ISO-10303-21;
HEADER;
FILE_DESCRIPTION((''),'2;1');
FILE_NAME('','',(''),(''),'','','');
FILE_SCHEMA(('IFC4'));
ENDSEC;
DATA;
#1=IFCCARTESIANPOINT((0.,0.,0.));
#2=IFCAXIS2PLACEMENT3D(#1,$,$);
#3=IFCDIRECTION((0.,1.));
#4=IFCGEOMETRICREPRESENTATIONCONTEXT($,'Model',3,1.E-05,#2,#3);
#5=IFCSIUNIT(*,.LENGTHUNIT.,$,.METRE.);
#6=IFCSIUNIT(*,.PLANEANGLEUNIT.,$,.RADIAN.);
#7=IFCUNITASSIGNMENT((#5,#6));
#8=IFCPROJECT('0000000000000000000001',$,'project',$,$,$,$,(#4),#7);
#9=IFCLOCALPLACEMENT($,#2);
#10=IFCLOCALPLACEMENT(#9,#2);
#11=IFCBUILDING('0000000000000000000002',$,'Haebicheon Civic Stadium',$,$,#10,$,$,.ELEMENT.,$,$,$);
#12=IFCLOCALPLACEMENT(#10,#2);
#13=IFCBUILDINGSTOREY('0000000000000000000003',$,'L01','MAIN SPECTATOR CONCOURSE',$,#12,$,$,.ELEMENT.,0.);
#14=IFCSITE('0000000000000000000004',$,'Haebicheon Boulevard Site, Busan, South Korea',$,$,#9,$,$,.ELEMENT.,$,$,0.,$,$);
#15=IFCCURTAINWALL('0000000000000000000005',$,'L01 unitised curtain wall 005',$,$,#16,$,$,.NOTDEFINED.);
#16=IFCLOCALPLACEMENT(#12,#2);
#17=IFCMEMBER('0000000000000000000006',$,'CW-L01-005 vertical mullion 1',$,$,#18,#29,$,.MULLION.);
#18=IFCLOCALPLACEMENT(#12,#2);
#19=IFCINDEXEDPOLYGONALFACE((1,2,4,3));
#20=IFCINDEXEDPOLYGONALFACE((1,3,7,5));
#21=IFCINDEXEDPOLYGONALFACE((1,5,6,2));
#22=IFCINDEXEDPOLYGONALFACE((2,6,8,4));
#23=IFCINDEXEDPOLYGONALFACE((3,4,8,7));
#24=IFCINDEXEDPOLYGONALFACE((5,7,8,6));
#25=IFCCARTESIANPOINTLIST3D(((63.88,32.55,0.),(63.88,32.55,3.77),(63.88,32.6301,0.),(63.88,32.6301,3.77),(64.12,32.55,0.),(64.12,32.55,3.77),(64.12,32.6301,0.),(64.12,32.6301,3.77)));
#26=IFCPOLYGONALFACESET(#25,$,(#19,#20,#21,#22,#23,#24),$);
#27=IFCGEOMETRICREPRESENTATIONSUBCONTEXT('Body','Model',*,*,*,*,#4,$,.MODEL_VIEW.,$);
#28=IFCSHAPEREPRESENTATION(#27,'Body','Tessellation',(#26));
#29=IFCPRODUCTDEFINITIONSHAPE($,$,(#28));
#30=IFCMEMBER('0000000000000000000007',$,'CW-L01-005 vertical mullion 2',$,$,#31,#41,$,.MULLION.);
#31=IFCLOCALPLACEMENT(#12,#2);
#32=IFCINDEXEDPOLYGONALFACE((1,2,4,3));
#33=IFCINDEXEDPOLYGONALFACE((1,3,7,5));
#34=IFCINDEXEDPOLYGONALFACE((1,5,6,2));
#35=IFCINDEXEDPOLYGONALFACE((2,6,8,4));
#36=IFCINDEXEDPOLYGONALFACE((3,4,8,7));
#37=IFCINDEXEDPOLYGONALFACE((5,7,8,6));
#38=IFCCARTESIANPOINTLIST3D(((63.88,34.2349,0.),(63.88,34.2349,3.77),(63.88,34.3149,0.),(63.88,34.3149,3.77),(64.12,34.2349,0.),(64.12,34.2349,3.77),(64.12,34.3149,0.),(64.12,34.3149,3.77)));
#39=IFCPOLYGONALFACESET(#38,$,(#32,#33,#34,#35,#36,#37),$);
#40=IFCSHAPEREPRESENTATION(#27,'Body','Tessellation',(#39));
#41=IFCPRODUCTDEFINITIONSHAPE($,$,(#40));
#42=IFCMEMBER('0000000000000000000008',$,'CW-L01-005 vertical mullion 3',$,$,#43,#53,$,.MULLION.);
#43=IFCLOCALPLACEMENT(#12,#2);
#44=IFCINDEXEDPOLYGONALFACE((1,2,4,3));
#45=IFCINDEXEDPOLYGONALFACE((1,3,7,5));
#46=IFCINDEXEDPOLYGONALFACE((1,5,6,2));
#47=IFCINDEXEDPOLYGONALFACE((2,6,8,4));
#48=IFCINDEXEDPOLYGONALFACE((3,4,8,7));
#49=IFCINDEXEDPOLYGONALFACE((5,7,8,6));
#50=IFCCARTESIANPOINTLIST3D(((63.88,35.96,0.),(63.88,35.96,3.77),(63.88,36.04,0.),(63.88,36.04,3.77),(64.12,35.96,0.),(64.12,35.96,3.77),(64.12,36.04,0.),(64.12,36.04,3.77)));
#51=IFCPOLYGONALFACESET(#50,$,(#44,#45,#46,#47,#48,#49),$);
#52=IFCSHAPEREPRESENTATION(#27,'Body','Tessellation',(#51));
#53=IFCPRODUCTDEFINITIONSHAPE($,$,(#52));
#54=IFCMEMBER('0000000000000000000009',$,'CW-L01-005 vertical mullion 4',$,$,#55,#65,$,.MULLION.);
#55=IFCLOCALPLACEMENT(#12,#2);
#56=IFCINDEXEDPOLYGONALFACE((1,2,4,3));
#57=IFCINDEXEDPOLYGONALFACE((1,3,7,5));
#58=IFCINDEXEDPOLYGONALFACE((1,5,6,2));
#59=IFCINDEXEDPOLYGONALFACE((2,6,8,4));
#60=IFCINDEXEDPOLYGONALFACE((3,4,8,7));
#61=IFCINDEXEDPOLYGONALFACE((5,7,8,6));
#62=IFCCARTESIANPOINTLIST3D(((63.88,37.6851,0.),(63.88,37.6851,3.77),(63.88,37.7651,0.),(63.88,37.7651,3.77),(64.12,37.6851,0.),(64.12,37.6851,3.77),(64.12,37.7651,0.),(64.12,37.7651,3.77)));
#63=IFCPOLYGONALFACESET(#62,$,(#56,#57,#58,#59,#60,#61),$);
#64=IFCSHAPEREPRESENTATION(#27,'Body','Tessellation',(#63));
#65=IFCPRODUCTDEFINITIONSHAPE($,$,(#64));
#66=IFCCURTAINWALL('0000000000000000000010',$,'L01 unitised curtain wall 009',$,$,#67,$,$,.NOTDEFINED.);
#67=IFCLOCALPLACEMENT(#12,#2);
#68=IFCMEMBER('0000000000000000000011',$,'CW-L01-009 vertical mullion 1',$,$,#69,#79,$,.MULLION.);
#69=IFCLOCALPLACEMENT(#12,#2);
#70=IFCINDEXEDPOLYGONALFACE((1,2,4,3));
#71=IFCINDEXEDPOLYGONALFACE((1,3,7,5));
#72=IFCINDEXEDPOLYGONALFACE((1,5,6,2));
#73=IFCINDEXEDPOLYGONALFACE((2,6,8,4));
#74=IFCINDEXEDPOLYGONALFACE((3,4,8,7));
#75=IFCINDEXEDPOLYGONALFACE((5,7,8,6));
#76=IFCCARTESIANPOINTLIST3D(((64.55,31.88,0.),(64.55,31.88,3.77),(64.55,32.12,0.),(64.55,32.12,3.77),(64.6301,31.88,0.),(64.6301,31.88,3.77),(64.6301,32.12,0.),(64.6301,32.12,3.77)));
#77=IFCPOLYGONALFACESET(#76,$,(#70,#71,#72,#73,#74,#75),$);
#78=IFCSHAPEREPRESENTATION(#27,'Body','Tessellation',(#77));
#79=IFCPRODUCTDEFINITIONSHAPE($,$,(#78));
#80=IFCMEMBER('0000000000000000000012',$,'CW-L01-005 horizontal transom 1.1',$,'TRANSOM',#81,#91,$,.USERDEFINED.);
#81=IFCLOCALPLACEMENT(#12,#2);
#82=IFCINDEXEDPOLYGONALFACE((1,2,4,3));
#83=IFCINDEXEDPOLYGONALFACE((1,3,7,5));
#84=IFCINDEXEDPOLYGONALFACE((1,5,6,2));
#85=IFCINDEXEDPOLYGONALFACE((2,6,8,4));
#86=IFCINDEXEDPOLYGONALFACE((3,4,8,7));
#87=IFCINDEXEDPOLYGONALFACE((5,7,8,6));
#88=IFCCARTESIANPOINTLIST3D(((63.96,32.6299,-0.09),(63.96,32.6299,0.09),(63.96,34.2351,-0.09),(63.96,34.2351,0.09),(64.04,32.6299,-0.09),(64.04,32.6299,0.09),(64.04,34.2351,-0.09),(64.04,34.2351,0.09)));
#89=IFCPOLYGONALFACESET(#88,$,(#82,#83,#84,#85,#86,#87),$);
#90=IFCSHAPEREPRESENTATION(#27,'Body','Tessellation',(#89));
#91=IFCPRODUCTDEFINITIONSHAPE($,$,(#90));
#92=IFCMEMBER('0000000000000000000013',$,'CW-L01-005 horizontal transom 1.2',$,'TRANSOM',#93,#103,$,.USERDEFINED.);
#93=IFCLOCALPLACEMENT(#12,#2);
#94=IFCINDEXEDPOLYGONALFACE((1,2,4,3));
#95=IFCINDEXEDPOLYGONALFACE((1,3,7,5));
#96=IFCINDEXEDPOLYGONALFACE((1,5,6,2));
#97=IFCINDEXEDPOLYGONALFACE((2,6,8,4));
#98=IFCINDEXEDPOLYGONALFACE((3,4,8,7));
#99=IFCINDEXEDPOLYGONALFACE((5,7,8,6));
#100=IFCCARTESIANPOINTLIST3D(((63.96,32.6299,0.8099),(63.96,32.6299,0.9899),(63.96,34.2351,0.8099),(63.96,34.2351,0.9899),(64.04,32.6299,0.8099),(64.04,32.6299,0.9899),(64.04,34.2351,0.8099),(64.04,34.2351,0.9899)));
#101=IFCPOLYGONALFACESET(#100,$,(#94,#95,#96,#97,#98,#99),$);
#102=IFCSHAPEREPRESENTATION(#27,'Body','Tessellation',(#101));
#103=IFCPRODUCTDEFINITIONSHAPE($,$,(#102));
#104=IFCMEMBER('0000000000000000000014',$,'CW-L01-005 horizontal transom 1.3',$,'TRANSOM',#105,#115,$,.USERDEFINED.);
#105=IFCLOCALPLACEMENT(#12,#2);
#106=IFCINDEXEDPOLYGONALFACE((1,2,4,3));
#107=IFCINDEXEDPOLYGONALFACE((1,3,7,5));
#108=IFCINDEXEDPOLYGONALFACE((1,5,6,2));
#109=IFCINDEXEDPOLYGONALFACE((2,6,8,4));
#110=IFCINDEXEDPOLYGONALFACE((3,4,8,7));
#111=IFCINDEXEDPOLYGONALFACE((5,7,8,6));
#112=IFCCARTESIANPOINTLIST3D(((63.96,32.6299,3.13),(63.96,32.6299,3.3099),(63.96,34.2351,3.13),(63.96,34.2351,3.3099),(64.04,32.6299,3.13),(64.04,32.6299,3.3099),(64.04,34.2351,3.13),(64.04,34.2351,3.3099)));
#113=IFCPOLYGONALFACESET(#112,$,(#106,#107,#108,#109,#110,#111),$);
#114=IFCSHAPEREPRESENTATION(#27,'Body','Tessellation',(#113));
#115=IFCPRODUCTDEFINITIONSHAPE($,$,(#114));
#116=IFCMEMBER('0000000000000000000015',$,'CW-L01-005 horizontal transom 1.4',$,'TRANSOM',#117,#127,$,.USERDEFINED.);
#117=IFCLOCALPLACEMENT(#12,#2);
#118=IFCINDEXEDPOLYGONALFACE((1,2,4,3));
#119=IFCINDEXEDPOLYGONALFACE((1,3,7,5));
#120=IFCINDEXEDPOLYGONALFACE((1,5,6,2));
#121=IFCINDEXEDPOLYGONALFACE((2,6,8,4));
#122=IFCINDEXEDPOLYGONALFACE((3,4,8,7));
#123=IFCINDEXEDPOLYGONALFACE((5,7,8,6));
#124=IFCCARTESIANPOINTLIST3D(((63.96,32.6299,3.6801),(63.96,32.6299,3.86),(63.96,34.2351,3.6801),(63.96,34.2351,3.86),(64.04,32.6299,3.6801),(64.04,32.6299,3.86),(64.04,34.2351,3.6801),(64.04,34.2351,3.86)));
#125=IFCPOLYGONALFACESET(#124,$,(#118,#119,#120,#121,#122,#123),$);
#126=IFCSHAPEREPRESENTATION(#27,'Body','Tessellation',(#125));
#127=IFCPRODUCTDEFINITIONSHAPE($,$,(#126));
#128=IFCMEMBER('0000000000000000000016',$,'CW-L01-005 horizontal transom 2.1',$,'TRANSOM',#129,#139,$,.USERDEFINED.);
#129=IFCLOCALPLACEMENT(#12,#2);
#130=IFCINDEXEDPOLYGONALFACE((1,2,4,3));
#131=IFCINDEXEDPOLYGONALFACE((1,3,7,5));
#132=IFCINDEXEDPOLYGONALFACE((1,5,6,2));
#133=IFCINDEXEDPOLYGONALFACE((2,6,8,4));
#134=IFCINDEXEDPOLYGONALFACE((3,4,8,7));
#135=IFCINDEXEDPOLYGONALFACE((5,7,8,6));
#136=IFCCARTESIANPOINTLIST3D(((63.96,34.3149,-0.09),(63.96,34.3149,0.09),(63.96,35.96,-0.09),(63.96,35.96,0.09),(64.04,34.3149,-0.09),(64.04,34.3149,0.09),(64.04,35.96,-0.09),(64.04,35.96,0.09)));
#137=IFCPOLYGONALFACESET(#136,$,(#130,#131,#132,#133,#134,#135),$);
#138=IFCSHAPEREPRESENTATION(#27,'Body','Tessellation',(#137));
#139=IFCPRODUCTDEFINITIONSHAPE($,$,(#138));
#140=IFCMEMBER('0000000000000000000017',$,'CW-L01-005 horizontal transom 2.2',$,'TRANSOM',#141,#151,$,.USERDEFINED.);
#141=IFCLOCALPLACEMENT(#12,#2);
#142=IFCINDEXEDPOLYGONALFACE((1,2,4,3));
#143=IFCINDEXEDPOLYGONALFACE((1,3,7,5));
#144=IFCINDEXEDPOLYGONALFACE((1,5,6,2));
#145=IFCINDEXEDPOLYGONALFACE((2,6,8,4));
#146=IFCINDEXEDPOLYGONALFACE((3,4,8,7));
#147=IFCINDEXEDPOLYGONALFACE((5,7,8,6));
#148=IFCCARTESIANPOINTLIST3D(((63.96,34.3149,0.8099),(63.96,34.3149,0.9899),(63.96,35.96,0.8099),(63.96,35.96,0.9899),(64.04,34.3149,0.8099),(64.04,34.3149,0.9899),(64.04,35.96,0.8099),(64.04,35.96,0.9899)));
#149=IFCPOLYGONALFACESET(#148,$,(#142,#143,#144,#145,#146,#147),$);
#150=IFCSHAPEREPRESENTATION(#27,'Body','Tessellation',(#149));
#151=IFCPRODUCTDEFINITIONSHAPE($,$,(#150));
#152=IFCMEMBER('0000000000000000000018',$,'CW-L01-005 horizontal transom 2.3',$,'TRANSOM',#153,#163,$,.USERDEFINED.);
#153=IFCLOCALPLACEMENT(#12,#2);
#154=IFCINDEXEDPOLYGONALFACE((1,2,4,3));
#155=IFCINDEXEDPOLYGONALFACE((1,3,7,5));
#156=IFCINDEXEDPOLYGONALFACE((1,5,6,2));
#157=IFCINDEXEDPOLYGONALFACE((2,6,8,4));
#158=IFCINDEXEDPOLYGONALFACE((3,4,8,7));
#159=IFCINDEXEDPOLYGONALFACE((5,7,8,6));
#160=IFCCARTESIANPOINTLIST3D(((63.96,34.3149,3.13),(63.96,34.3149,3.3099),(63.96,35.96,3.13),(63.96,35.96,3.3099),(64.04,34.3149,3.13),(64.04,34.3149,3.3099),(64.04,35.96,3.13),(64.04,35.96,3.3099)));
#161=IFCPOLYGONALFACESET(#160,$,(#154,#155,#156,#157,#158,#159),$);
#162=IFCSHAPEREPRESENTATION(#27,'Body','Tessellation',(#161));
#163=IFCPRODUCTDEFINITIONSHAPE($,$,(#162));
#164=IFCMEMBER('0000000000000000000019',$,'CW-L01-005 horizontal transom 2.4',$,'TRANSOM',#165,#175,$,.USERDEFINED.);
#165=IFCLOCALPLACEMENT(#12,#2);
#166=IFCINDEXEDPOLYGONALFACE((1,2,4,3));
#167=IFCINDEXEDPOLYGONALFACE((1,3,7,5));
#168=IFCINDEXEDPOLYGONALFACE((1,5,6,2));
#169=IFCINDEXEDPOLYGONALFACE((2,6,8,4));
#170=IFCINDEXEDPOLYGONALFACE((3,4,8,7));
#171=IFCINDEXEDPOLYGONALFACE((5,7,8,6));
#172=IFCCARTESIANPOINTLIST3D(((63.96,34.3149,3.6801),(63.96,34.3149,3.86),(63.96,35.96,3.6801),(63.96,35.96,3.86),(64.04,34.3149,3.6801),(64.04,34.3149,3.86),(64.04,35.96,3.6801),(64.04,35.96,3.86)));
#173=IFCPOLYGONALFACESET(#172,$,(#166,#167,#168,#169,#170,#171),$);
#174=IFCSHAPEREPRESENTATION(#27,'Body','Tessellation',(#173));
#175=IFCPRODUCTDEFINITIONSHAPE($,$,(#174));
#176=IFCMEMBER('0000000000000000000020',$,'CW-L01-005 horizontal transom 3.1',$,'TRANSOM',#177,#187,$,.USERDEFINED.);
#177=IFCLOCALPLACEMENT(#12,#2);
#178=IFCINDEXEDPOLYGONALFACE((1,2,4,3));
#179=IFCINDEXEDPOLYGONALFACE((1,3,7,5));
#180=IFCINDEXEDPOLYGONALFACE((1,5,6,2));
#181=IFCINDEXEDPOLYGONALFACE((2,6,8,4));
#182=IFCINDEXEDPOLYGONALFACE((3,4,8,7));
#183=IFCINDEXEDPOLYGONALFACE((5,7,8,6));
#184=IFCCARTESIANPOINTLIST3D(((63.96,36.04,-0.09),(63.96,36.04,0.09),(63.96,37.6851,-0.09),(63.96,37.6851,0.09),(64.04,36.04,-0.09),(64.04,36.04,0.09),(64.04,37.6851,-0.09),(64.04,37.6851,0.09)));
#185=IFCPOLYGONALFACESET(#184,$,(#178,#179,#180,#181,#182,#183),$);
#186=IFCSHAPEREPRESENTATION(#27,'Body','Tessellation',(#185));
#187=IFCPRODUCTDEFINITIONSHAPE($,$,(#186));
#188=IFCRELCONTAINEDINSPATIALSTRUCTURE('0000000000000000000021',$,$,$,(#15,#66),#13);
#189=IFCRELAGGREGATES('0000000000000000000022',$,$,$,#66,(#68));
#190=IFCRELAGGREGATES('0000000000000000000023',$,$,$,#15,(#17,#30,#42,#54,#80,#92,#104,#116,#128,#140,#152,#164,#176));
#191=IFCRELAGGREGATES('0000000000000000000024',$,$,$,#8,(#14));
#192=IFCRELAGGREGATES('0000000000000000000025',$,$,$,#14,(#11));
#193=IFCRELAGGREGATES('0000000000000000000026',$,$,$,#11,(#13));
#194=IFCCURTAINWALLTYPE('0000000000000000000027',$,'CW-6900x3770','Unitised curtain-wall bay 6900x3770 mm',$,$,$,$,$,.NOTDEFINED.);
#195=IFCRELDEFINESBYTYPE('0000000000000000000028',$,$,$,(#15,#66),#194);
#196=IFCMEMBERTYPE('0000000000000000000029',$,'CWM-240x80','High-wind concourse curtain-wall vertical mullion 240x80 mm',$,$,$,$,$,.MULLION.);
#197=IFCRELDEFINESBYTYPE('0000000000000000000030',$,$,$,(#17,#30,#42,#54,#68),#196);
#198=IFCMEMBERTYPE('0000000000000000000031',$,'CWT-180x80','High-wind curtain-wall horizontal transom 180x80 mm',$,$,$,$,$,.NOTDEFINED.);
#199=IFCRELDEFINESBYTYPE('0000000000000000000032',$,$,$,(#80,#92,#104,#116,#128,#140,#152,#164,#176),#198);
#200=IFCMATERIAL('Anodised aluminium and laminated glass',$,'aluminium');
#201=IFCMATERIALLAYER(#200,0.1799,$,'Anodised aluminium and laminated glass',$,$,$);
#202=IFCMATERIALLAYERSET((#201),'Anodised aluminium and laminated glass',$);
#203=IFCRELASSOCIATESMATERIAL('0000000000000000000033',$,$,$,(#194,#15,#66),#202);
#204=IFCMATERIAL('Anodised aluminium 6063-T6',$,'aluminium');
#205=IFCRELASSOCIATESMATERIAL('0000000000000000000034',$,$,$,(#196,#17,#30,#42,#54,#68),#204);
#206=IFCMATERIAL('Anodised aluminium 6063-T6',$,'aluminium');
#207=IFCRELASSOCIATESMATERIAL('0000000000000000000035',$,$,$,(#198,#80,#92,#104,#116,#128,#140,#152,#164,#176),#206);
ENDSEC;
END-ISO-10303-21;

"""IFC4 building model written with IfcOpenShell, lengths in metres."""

from ifc_helpers import new_model, si_unit, direction, frame, origin, origin_2d, place, context, subcontext, project, spatial, rectangle, extrude, material, layer, layer_set, material_profile, profile_set, type_object, element, aggregate, save


model = new_model("IFC4")

# Units and contexts
model_context = context("Model", 3, precision=1e-05, world=origin(), true_north=direction((0.0, 1.0)))
body_context = subcontext(model_context, "Body", "Model", "MODEL_VIEW")
ifc_project = project(units=[si_unit("LENGTHUNIT", "METRE"), si_unit("PLANEANGLEUNIT", "RADIAN")], contexts=[model_context])

# Site, building, storey
site_placement = place(None, origin())
site = spatial("IfcSite", under=ifc_project, at=site_placement, Name="Haebicheon Boulevard Site, Busan, South Korea", CompositionType="ELEMENT", RefElevation=0.0)
building_placement = place(site_placement, origin())
building = spatial("IfcBuilding", under=site, at=building_placement, Name="Haebicheon Civic Stadium", CompositionType="ELEMENT")
storey_placement = place(building_placement, origin())
storey = spatial("IfcBuildingStorey", under=building, at=storey_placement, Name="L01", Description="MAIN SPECTATOR CONCOURSE", CompositionType="ELEMENT", Elevation=0.0)

# Curtain wall, members
ifc_material_1 = material(Name="Anodised aluminium and laminated glass", Category="aluminium")
ifc_layer_1 = layer(ifc_material_1, 0.1799, Name="Anodised aluminium and laminated glass")
ifc_layer_set_1 = layer_set([ifc_layer_1], Name="Anodised aluminium and laminated glass")
curtain_wall_type = type_object("IfcCurtainWallType", Name="CW-6900x3770", Description="Unitised curtain-wall bay 6900x3770 mm", PredefinedType="NOTDEFINED", material=ifc_layer_set_1)
curtain_wall_1_placement = place(storey_placement, origin())
curtain_wall_1 = element("IfcCurtainWall", 1, at=curtain_wall_1_placement, inside=storey, type_object=curtain_wall_type, material=ifc_layer_set_1, Name="L01 unitised curtain wall 005", PredefinedType="NOTDEFINED")
ifc_material_2 = material(Name="Anodised aluminium 6063-T6", Category="aluminium")
ifc_material_profile_1 = material_profile(ifc_material_2, rectangle(XDim=0.0801, YDim=0.24, at=origin_2d()), Name="ALU-MULL-80x240")
ifc_profile_set_1 = profile_set([ifc_material_profile_1], Name="Anodised aluminium 6063-T6")
member_type_1 = type_object("IfcMemberType", Name="CWM-240x80", Description="High-wind concourse curtain-wall vertical mullion 240x80 mm", PredefinedType="MULLION", material=ifc_profile_set_1)
member_1_placement = place(storey_placement, frame((64.0, 32.5901, 0.0), z_axis=(0.0, 0.0, 1.0), x_axis=(0.0, 1.0, 0.0)))
member_1 = element("IfcMember", 2, at=member_1_placement, type_object=member_type_1, material=ifc_profile_set_1, Name="CW-L01-005 vertical mullion 1", PredefinedType="MULLION", context=body_context, shape_type="SweptSolid", body=[
    extrude(rectangle(XDim=0.0801, YDim=0.24, at=origin_2d()), origin(), (0.0, 0.0, 1.0), 3.77),
])
member_2_placement = place(storey_placement, frame((64.0, 34.2749, 0.0), z_axis=(0.0, 0.0, 1.0), x_axis=(0.0, 1.0, 0.0)))
member_2 = element("IfcMember", 3, at=member_2_placement, type_object=member_type_1, material=ifc_profile_set_1, Name="CW-L01-005 vertical mullion 2", PredefinedType="MULLION", context=body_context, shape_type="SweptSolid", body=[
    extrude(rectangle(XDim=0.0801, YDim=0.24, at=origin_2d()), origin(), (0.0, 0.0, 1.0), 3.77),
])
member_3_placement = place(storey_placement, frame((64.0, 36.0, 0.0), z_axis=(0.0, 0.0, 1.0), x_axis=(0.0, 1.0, 0.0)))
member_3 = element("IfcMember", 4, at=member_3_placement, type_object=member_type_1, material=ifc_profile_set_1, Name="CW-L01-005 vertical mullion 3", PredefinedType="MULLION", context=body_context, shape_type="SweptSolid", body=[
    extrude(rectangle(XDim=0.0801, YDim=0.24, at=origin_2d()), origin(), (0.0, 0.0, 1.0), 3.77),
])
member_4_placement = place(storey_placement, frame((64.0, 37.7251, 0.0), z_axis=(0.0, 0.0, 1.0), x_axis=(0.0, 1.0, 0.0)))
member_4 = element("IfcMember", 5, at=member_4_placement, type_object=member_type_1, material=ifc_profile_set_1, Name="CW-L01-005 vertical mullion 4", PredefinedType="MULLION", context=body_context, shape_type="SweptSolid", body=[
    extrude(rectangle(XDim=0.0801, YDim=0.24, at=origin_2d()), origin(), (0.0, 0.0, 1.0), 3.77),
])

# Curtain wall, member
curtain_wall_2_placement = place(storey_placement, origin())
curtain_wall_2 = element("IfcCurtainWall", 6, at=curtain_wall_2_placement, inside=storey, type_object=curtain_wall_type, material=ifc_layer_set_1, Name="L01 unitised curtain wall 009", PredefinedType="NOTDEFINED")
member_5_placement = place(storey_placement, frame((64.5901, 32.0, 0.0), z_axis=(0.0, 0.0, 1.0), x_axis=(1.0, 0.0, 0.0)))
member_5 = element("IfcMember", 7, at=member_5_placement, type_object=member_type_1, material=ifc_profile_set_1, Name="CW-L01-009 vertical mullion 1", PredefinedType="MULLION", context=body_context, shape_type="SweptSolid", body=[
    extrude(rectangle(XDim=0.0801, YDim=0.24, at=origin_2d()), origin(), (0.0, 0.0, 1.0), 3.77),
])

# Members
ifc_material_3 = material(Name="Anodised aluminium 6063-T6", Category="aluminium")
ifc_material_profile_2 = material_profile(ifc_material_3, rectangle(XDim=0.0801, YDim=0.1799, at=origin_2d()), Name="ALU-TRAN-80x180")
ifc_profile_set_2 = profile_set([ifc_material_profile_2], Name="Anodised aluminium 6063-T6")
member_type_2 = type_object("IfcMemberType", Name="CWT-180x80", Description="High-wind curtain-wall horizontal transom 180x80 mm", PredefinedType="NOTDEFINED", material=ifc_profile_set_2)
member_6_placement = place(storey_placement, frame((64.0, 32.6299, 0.0), z_axis=(0.0, 1.0, 0.0), x_axis=(-1.0, 0.0, 0.0)))
member_6 = element("IfcMember", 8, at=member_6_placement, type_object=member_type_2, material=ifc_profile_set_2, Name="CW-L01-005 horizontal transom 1.1", ObjectType="TRANSOM", PredefinedType="USERDEFINED", context=body_context, shape_type="SweptSolid", body=[
    extrude(rectangle(XDim=0.0801, YDim=0.1799, at=origin_2d()), origin(), (0.0, 0.0, 1.0), 1.6052),
])
member_7_placement = place(storey_placement, frame((64.0, 32.6299, 0.8999), z_axis=(0.0, 1.0, 0.0), x_axis=(-1.0, 0.0, 0.0)))
member_7 = element("IfcMember", 9, at=member_7_placement, type_object=member_type_2, material=ifc_profile_set_2, Name="CW-L01-005 horizontal transom 1.2", ObjectType="TRANSOM", PredefinedType="USERDEFINED", context=body_context, shape_type="SweptSolid", body=[
    extrude(rectangle(XDim=0.0801, YDim=0.1799, at=origin_2d()), origin(), (0.0, 0.0, 1.0), 1.6052),
])
member_8_placement = place(storey_placement, frame((64.0, 32.6299, 3.22), z_axis=(0.0, 1.0, 0.0), x_axis=(-1.0, 0.0, 0.0)))
member_8 = element("IfcMember", 10, at=member_8_placement, type_object=member_type_2, material=ifc_profile_set_2, Name="CW-L01-005 horizontal transom 1.3", ObjectType="TRANSOM", PredefinedType="USERDEFINED", context=body_context, shape_type="SweptSolid", body=[
    extrude(rectangle(XDim=0.0801, YDim=0.1799, at=origin_2d()), origin(), (0.0, 0.0, 1.0), 1.6052),
])
member_9_placement = place(storey_placement, frame((64.0, 32.6299, 3.77), z_axis=(0.0, 1.0, 0.0), x_axis=(-1.0, 0.0, 0.0)))
member_9 = element("IfcMember", 11, at=member_9_placement, type_object=member_type_2, material=ifc_profile_set_2, Name="CW-L01-005 horizontal transom 1.4", ObjectType="TRANSOM", PredefinedType="USERDEFINED", context=body_context, shape_type="SweptSolid", body=[
    extrude(rectangle(XDim=0.0801, YDim=0.1799, at=origin_2d()), origin(), (0.0, 0.0, 1.0), 1.6052),
])
member_10_placement = place(storey_placement, frame((64.0, 34.3149, 0.0), z_axis=(0.0, 1.0, 0.0), x_axis=(-1.0, 0.0, 0.0)))
member_10 = element("IfcMember", 12, at=member_10_placement, type_object=member_type_2, material=ifc_profile_set_2, Name="CW-L01-005 horizontal transom 2.1", ObjectType="TRANSOM", PredefinedType="USERDEFINED", context=body_context, shape_type="SweptSolid", body=[
    extrude(rectangle(XDim=0.0801, YDim=0.1799, at=origin_2d()), origin(), (0.0, 0.0, 1.0), 1.645),
])
member_11_placement = place(storey_placement, frame((64.0, 34.3149, 0.8999), z_axis=(0.0, 1.0, 0.0), x_axis=(-1.0, 0.0, 0.0)))
member_11 = element("IfcMember", 13, at=member_11_placement, type_object=member_type_2, material=ifc_profile_set_2, Name="CW-L01-005 horizontal transom 2.2", ObjectType="TRANSOM", PredefinedType="USERDEFINED", context=body_context, shape_type="SweptSolid", body=[
    extrude(rectangle(XDim=0.0801, YDim=0.1799, at=origin_2d()), origin(), (0.0, 0.0, 1.0), 1.645),
])
member_12_placement = place(storey_placement, frame((64.0, 34.3149, 3.22), z_axis=(0.0, 1.0, 0.0), x_axis=(-1.0, 0.0, 0.0)))
member_12 = element("IfcMember", 14, at=member_12_placement, type_object=member_type_2, material=ifc_profile_set_2, Name="CW-L01-005 horizontal transom 2.3", ObjectType="TRANSOM", PredefinedType="USERDEFINED", context=body_context, shape_type="SweptSolid", body=[
    extrude(rectangle(XDim=0.0801, YDim=0.1799, at=origin_2d()), origin(), (0.0, 0.0, 1.0), 1.645),
])
member_13_placement = place(storey_placement, frame((64.0, 34.3149, 3.77), z_axis=(0.0, 1.0, 0.0), x_axis=(-1.0, 0.0, 0.0)))
member_13 = element("IfcMember", 15, at=member_13_placement, type_object=member_type_2, material=ifc_profile_set_2, Name="CW-L01-005 horizontal transom 2.4", ObjectType="TRANSOM", PredefinedType="USERDEFINED", context=body_context, shape_type="SweptSolid", body=[
    extrude(rectangle(XDim=0.0801, YDim=0.1799, at=origin_2d()), origin(), (0.0, 0.0, 1.0), 1.645),
])
member_14_placement = place(storey_placement, frame((64.0, 36.04, 0.0), z_axis=(0.0, 1.0, 0.0), x_axis=(-1.0, 0.0, 0.0)))
member_14 = element("IfcMember", 16, at=member_14_placement, type_object=member_type_2, material=ifc_profile_set_2, Name="CW-L01-005 horizontal transom 3.1", ObjectType="TRANSOM", PredefinedType="USERDEFINED", context=body_context, shape_type="SweptSolid", body=[
    extrude(rectangle(XDim=0.0801, YDim=0.1799, at=origin_2d()), origin(), (0.0, 0.0, 1.0), 1.645),
])
aggregate(curtain_wall_2, [member_5])

aggregate(curtain_wall_1, [member_1, member_2, member_3, member_4, member_6, member_7, member_8, member_9, member_10, member_11, member_12, member_13, member_14])

save(model, "model.ifc")
